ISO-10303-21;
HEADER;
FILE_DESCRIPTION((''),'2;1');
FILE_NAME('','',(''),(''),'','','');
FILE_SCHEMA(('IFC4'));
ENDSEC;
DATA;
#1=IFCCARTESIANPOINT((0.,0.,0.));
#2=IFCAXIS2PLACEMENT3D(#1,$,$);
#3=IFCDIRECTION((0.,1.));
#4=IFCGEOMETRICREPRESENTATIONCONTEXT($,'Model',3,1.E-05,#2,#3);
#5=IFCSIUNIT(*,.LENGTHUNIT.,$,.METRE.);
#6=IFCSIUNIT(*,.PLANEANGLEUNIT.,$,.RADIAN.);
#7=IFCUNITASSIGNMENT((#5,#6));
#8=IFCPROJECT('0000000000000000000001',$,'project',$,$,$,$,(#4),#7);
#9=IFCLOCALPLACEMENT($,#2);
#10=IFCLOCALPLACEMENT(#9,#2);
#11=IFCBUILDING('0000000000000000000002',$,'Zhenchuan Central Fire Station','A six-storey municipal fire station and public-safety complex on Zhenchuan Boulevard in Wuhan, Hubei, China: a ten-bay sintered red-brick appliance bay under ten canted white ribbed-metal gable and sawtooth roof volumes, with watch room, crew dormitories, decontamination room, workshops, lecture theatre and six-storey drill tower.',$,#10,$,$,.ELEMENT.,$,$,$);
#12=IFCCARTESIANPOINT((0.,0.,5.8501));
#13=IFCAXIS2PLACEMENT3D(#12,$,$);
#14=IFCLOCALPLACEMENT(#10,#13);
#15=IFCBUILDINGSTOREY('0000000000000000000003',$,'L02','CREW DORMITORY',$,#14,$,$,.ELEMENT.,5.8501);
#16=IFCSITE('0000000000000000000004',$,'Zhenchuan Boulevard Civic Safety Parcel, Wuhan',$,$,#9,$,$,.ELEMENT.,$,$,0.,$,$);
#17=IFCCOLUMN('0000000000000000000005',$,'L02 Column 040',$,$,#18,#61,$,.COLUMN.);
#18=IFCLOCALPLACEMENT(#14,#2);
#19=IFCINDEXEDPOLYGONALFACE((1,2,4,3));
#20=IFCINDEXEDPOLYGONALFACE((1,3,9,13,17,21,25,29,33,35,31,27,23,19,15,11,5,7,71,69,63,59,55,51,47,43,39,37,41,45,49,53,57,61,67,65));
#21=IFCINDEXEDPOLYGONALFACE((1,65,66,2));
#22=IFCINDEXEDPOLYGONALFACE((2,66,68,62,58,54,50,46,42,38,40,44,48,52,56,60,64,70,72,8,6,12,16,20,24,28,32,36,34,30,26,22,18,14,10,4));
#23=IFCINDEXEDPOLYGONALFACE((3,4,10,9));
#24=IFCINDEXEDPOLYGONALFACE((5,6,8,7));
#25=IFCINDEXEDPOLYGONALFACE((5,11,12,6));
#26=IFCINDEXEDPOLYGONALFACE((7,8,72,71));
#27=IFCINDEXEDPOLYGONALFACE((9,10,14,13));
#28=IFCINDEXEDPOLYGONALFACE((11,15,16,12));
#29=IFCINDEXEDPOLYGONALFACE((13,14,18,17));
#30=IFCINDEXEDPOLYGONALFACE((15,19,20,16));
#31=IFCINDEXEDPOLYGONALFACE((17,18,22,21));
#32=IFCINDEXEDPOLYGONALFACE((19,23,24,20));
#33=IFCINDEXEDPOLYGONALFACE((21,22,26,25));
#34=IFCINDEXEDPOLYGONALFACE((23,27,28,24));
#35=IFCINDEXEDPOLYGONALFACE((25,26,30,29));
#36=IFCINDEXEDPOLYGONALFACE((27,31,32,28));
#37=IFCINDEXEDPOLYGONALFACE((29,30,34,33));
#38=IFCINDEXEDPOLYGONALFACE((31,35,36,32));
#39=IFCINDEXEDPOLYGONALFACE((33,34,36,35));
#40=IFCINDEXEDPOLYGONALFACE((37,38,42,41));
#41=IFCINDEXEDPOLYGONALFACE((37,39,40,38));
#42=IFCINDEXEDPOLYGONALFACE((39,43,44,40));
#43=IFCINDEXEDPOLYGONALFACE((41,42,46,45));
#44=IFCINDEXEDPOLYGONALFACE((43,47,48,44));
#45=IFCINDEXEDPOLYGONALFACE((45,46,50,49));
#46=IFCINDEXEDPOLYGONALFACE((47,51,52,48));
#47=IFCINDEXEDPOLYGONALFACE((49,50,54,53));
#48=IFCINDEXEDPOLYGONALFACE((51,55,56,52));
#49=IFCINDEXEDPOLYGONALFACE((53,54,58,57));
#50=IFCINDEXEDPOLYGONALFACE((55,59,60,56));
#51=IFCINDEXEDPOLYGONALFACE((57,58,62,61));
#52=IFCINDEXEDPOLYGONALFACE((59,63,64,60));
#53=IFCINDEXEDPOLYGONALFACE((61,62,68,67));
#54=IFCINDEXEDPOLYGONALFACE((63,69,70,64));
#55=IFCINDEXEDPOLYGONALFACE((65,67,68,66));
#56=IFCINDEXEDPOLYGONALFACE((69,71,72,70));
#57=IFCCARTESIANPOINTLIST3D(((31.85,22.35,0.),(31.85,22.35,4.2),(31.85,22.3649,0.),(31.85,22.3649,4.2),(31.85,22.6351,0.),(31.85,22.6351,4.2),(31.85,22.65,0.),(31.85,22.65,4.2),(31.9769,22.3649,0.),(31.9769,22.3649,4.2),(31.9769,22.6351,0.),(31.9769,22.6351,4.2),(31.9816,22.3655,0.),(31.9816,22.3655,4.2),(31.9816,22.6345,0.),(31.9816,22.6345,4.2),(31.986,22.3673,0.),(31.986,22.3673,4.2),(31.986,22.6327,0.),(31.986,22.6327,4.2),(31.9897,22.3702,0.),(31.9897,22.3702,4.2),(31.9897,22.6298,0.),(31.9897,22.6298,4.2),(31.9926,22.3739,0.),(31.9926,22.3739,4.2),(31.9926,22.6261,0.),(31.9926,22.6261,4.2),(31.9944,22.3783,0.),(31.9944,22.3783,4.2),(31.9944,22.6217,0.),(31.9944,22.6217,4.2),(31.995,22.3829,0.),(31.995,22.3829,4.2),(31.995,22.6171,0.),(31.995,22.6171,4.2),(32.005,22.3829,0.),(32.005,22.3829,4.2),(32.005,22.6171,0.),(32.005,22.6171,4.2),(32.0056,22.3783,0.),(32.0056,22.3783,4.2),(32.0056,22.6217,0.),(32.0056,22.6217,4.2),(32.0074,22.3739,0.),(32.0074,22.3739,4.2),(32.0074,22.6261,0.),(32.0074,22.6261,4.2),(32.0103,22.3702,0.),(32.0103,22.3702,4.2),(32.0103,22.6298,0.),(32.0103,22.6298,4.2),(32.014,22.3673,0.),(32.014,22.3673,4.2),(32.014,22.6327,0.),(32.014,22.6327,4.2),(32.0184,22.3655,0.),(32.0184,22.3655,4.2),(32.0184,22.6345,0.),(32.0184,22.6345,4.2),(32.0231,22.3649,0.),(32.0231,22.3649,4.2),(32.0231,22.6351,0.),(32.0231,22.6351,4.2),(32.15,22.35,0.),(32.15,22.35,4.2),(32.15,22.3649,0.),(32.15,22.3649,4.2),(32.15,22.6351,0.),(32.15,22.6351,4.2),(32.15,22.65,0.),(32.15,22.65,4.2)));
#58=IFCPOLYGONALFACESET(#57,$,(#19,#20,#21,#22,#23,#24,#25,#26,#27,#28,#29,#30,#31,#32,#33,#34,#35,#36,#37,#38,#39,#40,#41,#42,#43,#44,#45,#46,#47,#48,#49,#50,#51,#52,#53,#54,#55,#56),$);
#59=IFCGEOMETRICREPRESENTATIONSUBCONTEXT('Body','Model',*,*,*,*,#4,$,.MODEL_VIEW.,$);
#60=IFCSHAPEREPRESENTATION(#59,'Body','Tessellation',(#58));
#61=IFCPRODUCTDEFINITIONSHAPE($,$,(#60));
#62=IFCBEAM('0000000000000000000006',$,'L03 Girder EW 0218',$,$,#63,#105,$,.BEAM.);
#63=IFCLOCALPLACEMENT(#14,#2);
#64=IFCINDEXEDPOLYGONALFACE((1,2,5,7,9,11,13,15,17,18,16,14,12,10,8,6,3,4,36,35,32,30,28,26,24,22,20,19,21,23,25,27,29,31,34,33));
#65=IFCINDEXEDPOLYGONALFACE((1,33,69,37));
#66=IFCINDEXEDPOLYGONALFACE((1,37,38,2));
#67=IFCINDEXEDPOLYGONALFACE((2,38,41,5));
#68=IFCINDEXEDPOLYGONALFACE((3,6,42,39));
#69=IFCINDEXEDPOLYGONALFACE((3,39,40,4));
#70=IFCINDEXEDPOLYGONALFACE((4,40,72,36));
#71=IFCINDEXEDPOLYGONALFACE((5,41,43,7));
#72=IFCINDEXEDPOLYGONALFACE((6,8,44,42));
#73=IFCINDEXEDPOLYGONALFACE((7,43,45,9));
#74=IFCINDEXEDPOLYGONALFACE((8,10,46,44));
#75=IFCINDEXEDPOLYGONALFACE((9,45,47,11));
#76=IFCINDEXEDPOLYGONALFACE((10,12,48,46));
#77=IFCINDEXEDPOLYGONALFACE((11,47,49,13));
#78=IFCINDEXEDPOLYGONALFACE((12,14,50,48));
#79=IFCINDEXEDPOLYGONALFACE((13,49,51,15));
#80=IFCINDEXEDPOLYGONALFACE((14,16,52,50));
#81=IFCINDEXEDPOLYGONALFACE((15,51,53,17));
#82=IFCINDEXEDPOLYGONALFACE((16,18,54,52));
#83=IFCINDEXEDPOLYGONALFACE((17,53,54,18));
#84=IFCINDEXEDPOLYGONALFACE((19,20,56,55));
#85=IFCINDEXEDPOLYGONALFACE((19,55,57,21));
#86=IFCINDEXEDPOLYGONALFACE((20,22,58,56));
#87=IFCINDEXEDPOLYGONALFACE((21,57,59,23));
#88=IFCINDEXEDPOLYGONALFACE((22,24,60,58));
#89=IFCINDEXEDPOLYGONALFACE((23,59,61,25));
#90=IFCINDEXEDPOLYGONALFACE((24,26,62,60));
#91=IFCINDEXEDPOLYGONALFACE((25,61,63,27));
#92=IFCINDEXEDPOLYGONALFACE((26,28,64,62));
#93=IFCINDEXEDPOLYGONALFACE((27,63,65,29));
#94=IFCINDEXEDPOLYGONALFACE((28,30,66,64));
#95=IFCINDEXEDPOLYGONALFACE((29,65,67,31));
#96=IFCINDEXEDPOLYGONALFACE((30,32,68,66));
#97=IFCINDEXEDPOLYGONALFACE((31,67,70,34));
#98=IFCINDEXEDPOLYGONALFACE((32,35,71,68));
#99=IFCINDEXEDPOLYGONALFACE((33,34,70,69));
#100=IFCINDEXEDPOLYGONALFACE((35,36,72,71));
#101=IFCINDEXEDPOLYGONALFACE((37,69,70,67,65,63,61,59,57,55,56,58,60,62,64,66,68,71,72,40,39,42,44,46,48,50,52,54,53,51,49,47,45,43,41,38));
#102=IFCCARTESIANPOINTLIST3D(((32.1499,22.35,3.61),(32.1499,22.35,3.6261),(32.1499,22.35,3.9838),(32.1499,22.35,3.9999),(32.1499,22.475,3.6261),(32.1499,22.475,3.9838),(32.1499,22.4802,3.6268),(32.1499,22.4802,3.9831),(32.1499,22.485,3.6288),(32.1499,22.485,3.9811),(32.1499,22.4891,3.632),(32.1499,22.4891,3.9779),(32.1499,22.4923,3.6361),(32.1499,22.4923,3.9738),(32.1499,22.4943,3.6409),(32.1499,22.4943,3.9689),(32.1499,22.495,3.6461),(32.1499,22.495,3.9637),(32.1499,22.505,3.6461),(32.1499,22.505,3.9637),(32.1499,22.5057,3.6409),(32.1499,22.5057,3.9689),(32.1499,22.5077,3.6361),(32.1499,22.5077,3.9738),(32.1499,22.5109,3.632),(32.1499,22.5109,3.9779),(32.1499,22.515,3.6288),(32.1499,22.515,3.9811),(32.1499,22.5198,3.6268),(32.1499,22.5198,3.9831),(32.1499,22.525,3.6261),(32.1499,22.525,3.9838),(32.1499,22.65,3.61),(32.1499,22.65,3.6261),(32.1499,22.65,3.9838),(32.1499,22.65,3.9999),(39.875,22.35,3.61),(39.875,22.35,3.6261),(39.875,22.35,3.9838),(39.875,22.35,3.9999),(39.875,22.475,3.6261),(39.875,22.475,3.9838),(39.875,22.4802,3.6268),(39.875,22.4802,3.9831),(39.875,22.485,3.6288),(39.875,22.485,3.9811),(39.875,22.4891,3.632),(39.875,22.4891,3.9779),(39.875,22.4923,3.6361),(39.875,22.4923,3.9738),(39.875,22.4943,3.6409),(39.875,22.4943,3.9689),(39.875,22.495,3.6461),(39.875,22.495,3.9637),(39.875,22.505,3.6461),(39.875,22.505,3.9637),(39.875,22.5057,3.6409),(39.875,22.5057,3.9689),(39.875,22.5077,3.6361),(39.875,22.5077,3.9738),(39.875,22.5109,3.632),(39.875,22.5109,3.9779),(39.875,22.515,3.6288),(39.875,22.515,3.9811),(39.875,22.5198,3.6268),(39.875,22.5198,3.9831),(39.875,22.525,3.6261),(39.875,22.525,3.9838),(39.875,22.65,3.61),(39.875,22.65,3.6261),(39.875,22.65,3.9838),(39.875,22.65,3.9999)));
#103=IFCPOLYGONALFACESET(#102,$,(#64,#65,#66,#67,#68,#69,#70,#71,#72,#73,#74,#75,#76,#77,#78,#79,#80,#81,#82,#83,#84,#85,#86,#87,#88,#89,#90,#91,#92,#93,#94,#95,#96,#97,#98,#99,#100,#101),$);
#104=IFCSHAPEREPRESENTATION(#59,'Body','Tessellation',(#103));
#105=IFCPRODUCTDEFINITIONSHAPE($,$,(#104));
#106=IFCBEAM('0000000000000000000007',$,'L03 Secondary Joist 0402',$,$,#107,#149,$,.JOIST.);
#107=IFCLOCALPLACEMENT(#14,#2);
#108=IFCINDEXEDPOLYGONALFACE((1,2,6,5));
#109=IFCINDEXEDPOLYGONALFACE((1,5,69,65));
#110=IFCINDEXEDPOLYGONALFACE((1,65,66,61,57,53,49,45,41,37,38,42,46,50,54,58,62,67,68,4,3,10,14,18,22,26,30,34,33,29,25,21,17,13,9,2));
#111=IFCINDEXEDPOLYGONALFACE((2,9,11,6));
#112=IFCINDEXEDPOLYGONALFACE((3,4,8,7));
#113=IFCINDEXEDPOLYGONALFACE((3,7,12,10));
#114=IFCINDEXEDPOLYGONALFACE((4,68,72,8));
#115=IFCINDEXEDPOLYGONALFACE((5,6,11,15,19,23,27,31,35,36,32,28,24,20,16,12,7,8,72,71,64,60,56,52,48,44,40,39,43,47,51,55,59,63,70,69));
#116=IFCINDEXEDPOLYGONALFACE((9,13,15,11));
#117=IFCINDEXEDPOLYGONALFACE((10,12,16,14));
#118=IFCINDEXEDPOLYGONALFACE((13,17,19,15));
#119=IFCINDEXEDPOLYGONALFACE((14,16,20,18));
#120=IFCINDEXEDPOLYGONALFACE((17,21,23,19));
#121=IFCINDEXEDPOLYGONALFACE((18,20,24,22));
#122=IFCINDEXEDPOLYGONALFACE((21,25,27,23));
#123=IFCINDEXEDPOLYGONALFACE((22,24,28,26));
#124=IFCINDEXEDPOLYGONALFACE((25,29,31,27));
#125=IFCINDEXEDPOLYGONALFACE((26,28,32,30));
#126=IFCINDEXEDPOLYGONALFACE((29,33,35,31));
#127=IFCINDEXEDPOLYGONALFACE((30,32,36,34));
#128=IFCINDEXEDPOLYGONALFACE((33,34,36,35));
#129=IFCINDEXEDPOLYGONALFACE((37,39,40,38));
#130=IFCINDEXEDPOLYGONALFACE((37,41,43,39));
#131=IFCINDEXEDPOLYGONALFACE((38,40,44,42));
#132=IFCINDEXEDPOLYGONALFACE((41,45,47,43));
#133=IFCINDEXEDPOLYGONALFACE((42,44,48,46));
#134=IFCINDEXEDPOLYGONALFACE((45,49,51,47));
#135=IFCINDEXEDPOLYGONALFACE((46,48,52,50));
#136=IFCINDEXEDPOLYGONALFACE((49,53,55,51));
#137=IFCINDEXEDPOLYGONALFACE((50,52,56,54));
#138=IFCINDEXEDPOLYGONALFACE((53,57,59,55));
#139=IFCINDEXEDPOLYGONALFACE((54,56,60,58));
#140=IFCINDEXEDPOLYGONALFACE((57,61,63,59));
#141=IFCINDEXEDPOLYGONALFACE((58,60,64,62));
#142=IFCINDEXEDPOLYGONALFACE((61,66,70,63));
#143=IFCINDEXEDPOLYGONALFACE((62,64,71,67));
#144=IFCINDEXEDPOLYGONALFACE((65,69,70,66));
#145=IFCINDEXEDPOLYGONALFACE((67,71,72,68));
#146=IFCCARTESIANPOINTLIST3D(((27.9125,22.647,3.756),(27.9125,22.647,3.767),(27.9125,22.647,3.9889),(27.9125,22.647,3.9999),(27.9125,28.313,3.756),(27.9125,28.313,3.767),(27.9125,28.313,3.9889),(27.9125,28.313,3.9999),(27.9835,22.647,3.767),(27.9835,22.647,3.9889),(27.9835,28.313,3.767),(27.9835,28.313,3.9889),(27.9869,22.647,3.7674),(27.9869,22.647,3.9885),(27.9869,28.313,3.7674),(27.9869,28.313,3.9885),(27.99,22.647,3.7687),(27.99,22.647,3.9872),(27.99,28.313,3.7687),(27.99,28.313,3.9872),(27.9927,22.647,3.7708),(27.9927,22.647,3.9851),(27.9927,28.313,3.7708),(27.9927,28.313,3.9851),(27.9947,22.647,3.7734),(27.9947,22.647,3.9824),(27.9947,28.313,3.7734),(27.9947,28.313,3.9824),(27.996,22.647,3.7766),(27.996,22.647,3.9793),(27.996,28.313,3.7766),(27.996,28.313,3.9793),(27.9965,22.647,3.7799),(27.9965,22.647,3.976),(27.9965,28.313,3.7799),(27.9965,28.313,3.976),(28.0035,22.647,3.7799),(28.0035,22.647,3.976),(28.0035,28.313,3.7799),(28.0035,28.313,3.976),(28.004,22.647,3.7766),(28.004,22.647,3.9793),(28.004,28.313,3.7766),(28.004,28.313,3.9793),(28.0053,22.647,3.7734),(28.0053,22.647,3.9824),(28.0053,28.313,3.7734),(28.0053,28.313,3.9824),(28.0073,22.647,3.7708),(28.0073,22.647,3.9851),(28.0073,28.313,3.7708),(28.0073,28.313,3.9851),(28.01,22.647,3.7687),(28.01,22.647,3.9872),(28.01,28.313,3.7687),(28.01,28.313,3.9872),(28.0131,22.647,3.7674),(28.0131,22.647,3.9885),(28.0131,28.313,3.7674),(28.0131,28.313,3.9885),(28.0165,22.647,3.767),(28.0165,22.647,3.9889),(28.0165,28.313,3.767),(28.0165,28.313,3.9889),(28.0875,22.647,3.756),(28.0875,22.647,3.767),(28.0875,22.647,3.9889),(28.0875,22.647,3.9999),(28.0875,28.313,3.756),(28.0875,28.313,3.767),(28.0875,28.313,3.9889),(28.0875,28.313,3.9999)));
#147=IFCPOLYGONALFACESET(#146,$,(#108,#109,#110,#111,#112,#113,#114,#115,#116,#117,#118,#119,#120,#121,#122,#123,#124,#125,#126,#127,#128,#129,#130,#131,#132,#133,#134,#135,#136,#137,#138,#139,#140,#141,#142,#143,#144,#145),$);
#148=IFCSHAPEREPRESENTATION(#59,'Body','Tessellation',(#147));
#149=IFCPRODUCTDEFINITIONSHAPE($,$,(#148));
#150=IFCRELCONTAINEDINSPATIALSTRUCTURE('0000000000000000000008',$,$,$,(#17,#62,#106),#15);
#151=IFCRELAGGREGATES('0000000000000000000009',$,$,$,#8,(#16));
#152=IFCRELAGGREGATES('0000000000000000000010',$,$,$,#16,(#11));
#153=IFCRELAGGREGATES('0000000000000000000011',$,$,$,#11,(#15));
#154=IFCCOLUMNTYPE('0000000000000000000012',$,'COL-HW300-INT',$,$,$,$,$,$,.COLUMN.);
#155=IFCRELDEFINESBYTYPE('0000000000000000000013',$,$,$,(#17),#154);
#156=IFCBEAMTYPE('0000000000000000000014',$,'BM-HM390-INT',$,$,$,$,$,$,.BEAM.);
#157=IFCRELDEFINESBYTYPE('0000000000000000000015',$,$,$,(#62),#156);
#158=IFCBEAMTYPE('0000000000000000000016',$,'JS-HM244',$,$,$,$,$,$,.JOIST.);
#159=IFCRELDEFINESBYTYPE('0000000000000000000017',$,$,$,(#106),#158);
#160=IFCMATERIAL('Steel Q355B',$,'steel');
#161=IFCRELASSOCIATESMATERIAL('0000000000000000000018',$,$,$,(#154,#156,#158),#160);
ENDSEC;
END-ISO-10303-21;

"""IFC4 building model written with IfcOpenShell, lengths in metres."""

from ifc_helpers import new_model, si_unit, direction, frame, origin, origin_2d, place, context, subcontext, project, spatial, i_section, extrude, material, material_profile, profile_set, type_object, element, save


model = new_model("IFC4")

# Units and contexts
model_context = context("Model", 3, precision=1e-05, world=origin(), true_north=direction((0.0, 1.0)))
body_context = subcontext(model_context, "Body", "Model", "MODEL_VIEW")
ifc_project = project(units=[si_unit("LENGTHUNIT", "METRE"), si_unit("PLANEANGLEUNIT", "RADIAN")], contexts=[model_context])

# Site, building, storey
site_placement = place(None, origin())
site = spatial("IfcSite", under=ifc_project, at=site_placement, Name="Zhenchuan Boulevard Civic Safety Parcel, Wuhan", CompositionType="ELEMENT", RefElevation=0.0)
building_placement = place(site_placement, origin())
building = spatial("IfcBuilding", under=site, at=building_placement, Name="Zhenchuan Central Fire Station", Description="A six-storey municipal fire station and public-safety complex on Zhenchuan Boulevard in Wuhan, Hubei, China: a ten-bay sintered red-brick appliance bay under ten canted white ribbed-metal gable and sawtooth roof volumes, with watch room, crew dormitories, decontamination room, workshops, lecture theatre and six-storey drill tower.", CompositionType="ELEMENT")
storey_placement = place(building_placement, frame((0.0, 0.0, 5.8501)))
storey = spatial("IfcBuildingStorey", under=building, at=storey_placement, Name="L02", Description="CREW DORMITORY", CompositionType="ELEMENT", Elevation=5.8501)

# Column
ifc_material_1 = material(Name="Steel Q355B", Category="steel")
ifc_material_profile_1 = material_profile(ifc_material_1, i_section(OverallWidth=0.3, OverallDepth=0.3, WebThickness=0.01, FlangeThickness=0.0149, FilletRadius=0.0181, at=origin_2d()), Name="HW 300x300")
ifc_profile_set_1 = profile_set([ifc_material_profile_1], Name="Steel Q355B")
column_type = type_object("IfcColumnType", Name="COL-HW300-INT", PredefinedType="COLUMN", material=ifc_profile_set_1)
column_placement = place(storey_placement, frame((32.0, 22.5, 0.0), z_axis=(0.0, 0.0, 1.0), x_axis=(1.0, 0.0, 0.0)))
element("IfcColumn", 1, at=column_placement, inside=storey, type_object=column_type, Name="L02 Column 040", PredefinedType="COLUMN", context=body_context, shape_type="SweptSolid", body=[
    extrude(i_section(OverallWidth=0.3, OverallDepth=0.3, WebThickness=0.01, FlangeThickness=0.0149, FilletRadius=0.0181, at=origin_2d()), origin(), (0.0, 0.0, 1.0), 4.2),
])

# Beams
ifc_material_profile_2 = material_profile(ifc_material_1, i_section(OverallWidth=0.3, OverallDepth=0.3899, WebThickness=0.01, FlangeThickness=0.0161, FilletRadius=0.02, at=origin_2d()), Name="HM 390x300")
ifc_profile_set_2 = profile_set([ifc_material_profile_2], Name="Steel Q355B")
beam_type_1 = type_object("IfcBeamType", Name="BM-HM390-INT", PredefinedType="BEAM", material=ifc_profile_set_2)
beam_1_placement = place(storey_placement, frame((32.1499, 22.5, 3.8049), z_axis=(1.0, 0.0, 0.0), x_axis=(0.0, 1.0, 0.0)))
element("IfcBeam", 2, at=beam_1_placement, inside=storey, type_object=beam_type_1, Name="L03 Girder EW 0218", PredefinedType="BEAM", context=body_context, shape_type="SweptSolid", body=[
    extrude(i_section(OverallWidth=0.3, OverallDepth=0.3899, WebThickness=0.01, FlangeThickness=0.0161, FilletRadius=0.02, at=origin_2d()), origin(), (0.0, 0.0, 1.0), 7.7251),
])
ifc_material_profile_3 = material_profile(ifc_material_1, i_section(OverallWidth=0.175, OverallDepth=0.2439, WebThickness=0.0071, FlangeThickness=0.011, FilletRadius=0.0129, at=origin_2d()), Name="HM 244x175")
ifc_profile_set_3 = profile_set([ifc_material_profile_3], Name="Steel Q355B")
beam_type_2 = type_object("IfcBeamType", Name="JS-HM244", PredefinedType="JOIST", material=ifc_profile_set_3)
beam_2_placement = place(storey_placement, frame((28.0, 22.647, 3.8779), z_axis=(0.0, 1.0, 0.0), x_axis=(-1.0, 0.0, 0.0)))
element("IfcBeam", 3, at=beam_2_placement, inside=storey, type_object=beam_type_2, Name="L03 Secondary Joist 0402", PredefinedType="JOIST", context=body_context, shape_type="SweptSolid", body=[
    extrude(i_section(OverallWidth=0.175, OverallDepth=0.2439, WebThickness=0.0071, FlangeThickness=0.011, FilletRadius=0.0129, at=origin_2d()), origin(), (0.0, 0.0, 1.0), 5.666),
])

save(model, "model.ifc")
